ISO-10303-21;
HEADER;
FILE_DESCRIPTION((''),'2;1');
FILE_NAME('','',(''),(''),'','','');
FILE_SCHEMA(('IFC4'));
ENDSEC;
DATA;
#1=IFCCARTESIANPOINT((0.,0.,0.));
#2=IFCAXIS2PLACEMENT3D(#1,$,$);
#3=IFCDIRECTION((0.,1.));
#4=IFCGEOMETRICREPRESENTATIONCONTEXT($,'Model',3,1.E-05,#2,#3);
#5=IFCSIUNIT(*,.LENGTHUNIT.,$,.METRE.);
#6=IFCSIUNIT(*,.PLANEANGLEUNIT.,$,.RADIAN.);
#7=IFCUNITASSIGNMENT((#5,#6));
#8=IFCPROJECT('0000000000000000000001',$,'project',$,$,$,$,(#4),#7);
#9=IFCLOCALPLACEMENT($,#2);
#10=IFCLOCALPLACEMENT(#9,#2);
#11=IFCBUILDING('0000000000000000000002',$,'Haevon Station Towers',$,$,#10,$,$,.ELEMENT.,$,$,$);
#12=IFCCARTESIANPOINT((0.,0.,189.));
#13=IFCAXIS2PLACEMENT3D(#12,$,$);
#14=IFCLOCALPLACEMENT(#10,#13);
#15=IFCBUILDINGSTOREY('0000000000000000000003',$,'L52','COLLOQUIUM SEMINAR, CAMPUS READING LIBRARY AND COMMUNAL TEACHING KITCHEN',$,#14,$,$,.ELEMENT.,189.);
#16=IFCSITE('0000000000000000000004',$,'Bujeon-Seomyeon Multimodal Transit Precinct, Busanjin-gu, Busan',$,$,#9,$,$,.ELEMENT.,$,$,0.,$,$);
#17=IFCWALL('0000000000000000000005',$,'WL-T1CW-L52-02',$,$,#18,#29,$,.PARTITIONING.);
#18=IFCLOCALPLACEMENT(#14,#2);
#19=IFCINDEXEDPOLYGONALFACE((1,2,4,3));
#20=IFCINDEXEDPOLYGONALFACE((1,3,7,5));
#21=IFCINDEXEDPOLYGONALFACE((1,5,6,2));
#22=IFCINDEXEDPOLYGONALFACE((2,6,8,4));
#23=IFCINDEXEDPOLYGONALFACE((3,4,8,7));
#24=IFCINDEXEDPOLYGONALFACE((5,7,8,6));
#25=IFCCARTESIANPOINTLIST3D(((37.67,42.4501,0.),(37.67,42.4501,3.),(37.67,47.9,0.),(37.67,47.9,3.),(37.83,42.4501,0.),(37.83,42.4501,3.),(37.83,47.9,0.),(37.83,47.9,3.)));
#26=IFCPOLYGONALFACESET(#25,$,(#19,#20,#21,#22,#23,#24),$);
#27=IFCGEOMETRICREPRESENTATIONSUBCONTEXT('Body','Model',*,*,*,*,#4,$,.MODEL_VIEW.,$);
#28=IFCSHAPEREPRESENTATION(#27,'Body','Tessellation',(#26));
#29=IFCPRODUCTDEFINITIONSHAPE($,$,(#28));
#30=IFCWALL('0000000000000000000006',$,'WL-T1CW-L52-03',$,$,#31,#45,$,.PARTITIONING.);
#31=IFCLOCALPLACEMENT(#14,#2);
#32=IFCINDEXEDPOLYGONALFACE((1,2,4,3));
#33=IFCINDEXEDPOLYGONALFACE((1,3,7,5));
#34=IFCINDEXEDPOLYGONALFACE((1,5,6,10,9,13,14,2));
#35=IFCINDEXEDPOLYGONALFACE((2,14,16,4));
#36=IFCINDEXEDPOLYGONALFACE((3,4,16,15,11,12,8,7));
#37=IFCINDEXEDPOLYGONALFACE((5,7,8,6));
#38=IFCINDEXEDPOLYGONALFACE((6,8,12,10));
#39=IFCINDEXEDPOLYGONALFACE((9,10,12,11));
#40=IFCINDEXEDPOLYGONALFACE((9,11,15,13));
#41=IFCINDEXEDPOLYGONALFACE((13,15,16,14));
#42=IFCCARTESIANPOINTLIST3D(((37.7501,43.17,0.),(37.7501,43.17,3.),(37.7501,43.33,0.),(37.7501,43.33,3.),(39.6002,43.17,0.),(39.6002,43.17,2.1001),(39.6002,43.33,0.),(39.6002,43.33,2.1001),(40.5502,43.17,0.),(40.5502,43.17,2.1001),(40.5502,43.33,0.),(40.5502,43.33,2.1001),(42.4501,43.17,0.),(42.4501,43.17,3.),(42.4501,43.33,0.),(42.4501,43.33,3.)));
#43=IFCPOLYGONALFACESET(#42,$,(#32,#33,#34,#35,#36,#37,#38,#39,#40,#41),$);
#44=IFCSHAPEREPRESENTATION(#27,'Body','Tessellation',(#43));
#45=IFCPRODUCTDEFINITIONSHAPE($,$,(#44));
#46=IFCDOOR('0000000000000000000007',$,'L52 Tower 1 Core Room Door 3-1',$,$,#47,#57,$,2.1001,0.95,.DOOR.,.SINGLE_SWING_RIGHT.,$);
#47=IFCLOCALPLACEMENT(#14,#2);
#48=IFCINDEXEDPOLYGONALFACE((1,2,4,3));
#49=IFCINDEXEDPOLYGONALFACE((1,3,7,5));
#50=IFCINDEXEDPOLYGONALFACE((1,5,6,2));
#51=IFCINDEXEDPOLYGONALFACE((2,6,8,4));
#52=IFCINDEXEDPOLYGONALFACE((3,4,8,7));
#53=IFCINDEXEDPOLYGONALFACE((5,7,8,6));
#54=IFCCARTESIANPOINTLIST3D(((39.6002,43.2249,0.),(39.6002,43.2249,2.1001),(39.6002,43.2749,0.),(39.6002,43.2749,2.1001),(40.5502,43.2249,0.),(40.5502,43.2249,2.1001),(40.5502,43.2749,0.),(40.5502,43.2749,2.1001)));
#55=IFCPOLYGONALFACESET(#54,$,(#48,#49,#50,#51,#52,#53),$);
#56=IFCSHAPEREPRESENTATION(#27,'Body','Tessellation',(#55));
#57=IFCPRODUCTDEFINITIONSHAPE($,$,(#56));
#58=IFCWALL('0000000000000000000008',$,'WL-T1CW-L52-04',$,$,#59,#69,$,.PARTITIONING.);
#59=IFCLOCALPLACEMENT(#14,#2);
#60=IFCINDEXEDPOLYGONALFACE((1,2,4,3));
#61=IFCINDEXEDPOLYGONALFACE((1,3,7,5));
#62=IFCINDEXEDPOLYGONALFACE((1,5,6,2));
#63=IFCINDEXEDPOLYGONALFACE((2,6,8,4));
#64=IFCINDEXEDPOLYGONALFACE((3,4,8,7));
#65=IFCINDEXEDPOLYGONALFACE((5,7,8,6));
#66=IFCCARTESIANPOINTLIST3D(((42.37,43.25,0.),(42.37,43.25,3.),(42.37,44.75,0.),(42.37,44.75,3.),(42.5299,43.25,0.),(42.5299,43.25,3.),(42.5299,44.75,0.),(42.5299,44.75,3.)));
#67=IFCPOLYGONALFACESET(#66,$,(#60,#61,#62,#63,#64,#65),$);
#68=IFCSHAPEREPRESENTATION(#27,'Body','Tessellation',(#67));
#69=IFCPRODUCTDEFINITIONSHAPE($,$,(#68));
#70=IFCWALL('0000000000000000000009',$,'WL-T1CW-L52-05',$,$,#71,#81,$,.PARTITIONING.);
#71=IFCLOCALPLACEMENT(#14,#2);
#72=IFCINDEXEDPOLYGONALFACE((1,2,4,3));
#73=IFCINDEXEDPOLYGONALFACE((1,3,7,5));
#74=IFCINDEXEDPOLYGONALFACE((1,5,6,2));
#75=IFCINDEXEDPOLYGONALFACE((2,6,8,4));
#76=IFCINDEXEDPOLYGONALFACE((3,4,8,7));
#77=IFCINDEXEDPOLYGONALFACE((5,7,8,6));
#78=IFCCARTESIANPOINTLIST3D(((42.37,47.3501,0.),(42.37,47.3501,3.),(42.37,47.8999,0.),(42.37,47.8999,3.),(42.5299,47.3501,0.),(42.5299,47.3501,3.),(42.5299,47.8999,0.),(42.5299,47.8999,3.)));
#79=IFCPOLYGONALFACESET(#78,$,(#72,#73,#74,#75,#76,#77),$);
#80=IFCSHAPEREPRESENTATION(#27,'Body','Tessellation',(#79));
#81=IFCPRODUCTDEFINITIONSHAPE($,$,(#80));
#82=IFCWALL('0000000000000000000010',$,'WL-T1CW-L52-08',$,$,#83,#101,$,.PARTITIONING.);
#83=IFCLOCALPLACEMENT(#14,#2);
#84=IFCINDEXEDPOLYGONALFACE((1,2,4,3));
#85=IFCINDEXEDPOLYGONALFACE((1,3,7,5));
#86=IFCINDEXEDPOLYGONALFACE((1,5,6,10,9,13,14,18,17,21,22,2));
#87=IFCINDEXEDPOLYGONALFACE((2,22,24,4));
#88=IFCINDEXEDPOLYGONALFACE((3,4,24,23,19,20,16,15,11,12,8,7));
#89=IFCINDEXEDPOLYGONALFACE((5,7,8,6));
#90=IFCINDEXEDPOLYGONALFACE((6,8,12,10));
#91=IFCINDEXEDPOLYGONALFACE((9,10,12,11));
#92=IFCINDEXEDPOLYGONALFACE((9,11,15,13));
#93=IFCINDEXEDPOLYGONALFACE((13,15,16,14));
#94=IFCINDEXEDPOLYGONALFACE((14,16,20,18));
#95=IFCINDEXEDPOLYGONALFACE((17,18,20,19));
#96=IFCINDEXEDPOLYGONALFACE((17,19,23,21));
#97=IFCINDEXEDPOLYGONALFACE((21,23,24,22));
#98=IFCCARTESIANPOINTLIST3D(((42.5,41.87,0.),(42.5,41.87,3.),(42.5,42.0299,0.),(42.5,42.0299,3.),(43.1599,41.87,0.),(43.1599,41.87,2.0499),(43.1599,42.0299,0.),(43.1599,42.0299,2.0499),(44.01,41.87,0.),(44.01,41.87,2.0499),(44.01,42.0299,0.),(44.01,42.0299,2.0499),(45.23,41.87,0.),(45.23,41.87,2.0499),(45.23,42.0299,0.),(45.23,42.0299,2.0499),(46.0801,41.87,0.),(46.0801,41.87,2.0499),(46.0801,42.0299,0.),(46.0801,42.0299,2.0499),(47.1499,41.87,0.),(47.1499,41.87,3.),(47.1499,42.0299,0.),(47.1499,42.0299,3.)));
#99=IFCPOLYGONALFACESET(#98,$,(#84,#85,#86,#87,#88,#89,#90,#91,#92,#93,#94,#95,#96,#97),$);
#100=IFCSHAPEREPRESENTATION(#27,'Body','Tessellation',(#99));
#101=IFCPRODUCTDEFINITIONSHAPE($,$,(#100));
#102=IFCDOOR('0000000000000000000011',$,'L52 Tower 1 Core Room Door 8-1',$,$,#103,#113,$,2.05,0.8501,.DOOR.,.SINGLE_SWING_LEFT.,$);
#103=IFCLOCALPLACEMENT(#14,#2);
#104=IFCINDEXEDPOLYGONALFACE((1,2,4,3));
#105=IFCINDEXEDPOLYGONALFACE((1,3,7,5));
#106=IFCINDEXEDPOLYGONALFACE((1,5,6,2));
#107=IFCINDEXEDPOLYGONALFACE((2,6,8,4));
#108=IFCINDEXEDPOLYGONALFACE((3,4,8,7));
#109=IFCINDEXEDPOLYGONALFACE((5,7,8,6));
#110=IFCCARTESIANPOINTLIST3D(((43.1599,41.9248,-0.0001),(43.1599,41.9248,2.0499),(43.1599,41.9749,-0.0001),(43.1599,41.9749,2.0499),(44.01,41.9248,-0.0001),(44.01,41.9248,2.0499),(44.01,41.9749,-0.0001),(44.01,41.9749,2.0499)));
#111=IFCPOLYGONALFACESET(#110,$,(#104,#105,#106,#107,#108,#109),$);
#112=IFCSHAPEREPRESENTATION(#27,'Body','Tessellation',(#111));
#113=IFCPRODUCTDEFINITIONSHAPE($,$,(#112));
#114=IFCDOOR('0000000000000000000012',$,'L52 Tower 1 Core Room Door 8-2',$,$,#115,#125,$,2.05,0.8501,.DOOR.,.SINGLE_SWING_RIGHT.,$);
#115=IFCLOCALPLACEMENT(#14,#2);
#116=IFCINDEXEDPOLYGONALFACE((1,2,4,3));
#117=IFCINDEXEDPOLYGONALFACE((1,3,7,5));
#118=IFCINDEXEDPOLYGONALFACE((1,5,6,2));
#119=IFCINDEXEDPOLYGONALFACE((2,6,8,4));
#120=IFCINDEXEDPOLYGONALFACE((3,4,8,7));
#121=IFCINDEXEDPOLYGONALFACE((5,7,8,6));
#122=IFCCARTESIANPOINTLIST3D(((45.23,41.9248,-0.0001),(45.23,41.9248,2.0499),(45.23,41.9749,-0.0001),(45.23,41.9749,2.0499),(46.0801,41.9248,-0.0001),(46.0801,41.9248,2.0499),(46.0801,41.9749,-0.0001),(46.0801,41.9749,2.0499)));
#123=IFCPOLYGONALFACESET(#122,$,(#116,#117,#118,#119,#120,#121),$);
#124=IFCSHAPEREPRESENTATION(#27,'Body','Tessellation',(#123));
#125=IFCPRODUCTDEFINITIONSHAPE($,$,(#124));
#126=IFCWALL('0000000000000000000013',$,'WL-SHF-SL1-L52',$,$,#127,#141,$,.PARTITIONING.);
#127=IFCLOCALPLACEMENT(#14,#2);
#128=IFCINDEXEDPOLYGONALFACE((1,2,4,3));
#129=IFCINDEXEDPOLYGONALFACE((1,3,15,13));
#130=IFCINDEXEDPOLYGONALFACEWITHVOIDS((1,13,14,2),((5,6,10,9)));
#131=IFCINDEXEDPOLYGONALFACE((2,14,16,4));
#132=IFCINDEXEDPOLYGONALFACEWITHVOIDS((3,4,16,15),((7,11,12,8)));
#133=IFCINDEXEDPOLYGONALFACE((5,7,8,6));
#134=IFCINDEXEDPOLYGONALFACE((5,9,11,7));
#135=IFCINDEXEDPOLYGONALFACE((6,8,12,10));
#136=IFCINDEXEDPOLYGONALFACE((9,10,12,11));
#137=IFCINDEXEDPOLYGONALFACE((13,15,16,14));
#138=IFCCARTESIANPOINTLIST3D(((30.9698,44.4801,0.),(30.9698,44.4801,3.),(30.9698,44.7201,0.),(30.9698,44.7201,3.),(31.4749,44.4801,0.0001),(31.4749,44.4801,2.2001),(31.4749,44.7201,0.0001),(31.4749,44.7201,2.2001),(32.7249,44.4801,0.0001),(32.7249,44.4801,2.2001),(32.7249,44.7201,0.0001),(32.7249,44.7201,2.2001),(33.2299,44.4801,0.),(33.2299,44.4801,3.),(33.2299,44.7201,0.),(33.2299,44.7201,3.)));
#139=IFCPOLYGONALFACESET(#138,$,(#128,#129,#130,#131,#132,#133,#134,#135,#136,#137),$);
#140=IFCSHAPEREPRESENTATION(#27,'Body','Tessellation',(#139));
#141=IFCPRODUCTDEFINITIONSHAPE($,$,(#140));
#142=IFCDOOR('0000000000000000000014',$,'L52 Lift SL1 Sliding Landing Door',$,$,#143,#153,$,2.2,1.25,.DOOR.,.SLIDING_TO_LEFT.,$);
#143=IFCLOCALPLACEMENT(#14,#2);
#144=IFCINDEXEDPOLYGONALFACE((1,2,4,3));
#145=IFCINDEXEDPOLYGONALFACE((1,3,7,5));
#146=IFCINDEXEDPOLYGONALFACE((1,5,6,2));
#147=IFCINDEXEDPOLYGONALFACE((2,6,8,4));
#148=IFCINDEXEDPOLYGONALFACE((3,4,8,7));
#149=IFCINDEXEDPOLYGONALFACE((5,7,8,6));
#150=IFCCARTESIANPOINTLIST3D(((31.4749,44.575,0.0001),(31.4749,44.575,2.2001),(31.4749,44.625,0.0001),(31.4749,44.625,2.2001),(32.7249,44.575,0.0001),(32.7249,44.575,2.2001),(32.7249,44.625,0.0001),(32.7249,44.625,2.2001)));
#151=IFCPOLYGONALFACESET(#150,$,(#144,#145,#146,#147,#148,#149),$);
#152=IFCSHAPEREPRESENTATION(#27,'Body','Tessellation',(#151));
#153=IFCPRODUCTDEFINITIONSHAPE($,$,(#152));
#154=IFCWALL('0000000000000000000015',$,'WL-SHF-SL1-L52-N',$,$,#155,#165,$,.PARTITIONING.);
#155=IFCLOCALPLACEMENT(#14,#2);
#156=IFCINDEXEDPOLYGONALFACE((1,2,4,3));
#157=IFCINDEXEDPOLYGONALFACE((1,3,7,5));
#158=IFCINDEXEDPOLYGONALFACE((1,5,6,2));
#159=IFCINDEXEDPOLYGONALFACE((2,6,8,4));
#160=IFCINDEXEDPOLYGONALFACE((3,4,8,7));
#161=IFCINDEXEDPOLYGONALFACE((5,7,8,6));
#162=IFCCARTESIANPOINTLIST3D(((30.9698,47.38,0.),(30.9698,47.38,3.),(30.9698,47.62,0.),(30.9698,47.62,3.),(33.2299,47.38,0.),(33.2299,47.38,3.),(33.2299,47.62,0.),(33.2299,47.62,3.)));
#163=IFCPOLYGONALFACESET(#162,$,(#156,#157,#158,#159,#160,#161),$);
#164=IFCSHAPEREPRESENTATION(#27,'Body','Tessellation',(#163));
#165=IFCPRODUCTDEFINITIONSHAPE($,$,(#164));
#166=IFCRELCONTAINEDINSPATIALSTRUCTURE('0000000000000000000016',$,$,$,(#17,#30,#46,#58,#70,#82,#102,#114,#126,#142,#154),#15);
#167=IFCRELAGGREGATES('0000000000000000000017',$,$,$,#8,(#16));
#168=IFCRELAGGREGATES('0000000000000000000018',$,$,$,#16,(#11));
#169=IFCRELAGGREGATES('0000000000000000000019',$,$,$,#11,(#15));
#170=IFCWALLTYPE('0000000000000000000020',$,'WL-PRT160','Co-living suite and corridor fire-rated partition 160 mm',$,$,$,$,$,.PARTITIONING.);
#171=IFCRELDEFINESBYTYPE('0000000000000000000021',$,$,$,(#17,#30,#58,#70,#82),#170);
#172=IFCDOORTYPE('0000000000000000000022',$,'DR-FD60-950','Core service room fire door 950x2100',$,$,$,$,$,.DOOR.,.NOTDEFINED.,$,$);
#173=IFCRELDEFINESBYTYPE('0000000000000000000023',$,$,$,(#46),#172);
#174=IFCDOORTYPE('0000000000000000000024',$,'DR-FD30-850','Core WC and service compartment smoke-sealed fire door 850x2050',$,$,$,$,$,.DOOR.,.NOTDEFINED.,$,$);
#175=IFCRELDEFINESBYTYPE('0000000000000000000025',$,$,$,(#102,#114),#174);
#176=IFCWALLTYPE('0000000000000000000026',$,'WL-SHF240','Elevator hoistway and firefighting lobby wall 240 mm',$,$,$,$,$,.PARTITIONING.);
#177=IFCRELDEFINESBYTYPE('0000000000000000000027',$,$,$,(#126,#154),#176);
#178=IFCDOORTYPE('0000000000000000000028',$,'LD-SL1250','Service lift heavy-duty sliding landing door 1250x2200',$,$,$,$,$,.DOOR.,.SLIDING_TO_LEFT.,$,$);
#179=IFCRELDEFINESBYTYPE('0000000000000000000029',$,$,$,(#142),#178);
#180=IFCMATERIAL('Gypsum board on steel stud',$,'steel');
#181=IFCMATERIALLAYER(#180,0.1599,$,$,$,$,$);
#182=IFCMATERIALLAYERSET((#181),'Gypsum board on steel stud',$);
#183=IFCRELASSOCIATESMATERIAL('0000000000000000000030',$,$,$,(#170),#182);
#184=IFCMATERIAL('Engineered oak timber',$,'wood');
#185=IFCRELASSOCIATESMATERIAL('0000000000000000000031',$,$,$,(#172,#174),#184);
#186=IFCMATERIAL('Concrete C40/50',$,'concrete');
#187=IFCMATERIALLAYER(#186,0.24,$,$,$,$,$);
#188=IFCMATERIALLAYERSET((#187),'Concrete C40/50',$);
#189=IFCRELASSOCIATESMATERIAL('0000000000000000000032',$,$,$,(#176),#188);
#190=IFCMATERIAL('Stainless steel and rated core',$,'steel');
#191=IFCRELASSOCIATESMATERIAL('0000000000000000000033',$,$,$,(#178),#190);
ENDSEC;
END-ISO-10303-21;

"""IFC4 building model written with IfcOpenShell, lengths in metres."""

from ifc_helpers import new_model, si_unit, direction, frame, frame_2d, origin, place, context, subcontext, project, spatial, rectangle, extrude, material, layer, layer_set, type_object, element, fill, save


model = new_model("IFC4")

# Units and contexts
model_context = context("Model", 3, precision=1e-05, world=origin(), true_north=direction((0.0, 1.0)))
body_context = subcontext(model_context, "Body", "Model", "MODEL_VIEW")
ifc_project = project(units=[si_unit("LENGTHUNIT", "METRE"), si_unit("PLANEANGLEUNIT", "RADIAN")], contexts=[model_context])

# Site, building, storey
site_placement = place(None, origin())
site = spatial("IfcSite", under=ifc_project, at=site_placement, Name="Bujeon-Seomyeon Multimodal Transit Precinct, Busanjin-gu, Busan", CompositionType="ELEMENT", RefElevation=0.0)
building_placement = place(site_placement, origin())
building = spatial("IfcBuilding", under=site, at=building_placement, Name="Haevon Station Towers", CompositionType="ELEMENT")
storey_placement = place(building_placement, frame((0.0, 0.0, 189.0)))
storey = spatial("IfcBuildingStorey", under=building, at=storey_placement, Name="L52", Description="COLLOQUIUM SEMINAR, CAMPUS READING LIBRARY AND COMMUNAL TEACHING KITCHEN", CompositionType="ELEMENT", Elevation=189.0)

# Shared definitions
ifc_material_1 = material(Name="Gypsum board on steel stud", Category="steel")
ifc_layer_1 = layer(ifc_material_1, 0.1599)
ifc_layer_set_1 = layer_set([ifc_layer_1], Name="Gypsum board on steel stud")
wall_type_1 = type_object("IfcWallType", Name="WL-PRT160", Description="Co-living suite and corridor fire-rated partition 160 mm", PredefinedType="PARTITIONING", material=ifc_layer_set_1)
ifc_material_2 = material(Name="Engineered oak timber", Category="wood")
door_type_1 = type_object("IfcDoorType", Name="DR-FD60-950", Description="Core service room fire door 950x2100", OperationType="NOTDEFINED", PredefinedType="DOOR", material=ifc_material_2)

# Wall
wall_1_placement = place(storey_placement, frame((37.75, 42.45, 0.0), z_axis=(0.0, 0.0, 1.0), x_axis=(0.0, 1.0, 0.0)))
element("IfcWall", 1, at=wall_1_placement, inside=storey, type_object=wall_type_1, Name="WL-T1CW-L52-02", PredefinedType="PARTITIONING", context=body_context, shape_type="SweptSolid", body=[
    extrude(rectangle(XDim=5.45, YDim=0.1599, at=frame_2d((2.7251, 0.0))), origin(), (0.0, 0.0, 1.0), 3.0),
])

# Wall, opening, door
wall_2_placement = place(storey_placement, frame((37.75, 43.25, 0.0), z_axis=(0.0, 0.0, 1.0), x_axis=(1.0, 0.0, 0.0)))
wall_2 = element("IfcWall", 2, at=wall_2_placement, inside=storey, type_object=wall_type_1, Name="WL-T1CW-L52-03", PredefinedType="PARTITIONING", context=body_context, shape_type="SweptSolid", body=[
    extrude(rectangle(XDim=4.7, YDim=0.1599, at=frame_2d((2.3501, 0.0))), origin(), (0.0, 0.0, 1.0), 3.0),
])
opening_1_placement = place(wall_2_placement, frame((1.8501, 0.0, 0.0)))
opening_1 = element("IfcOpeningElement", 3, at=opening_1_placement, cuts=wall_2, PredefinedType="OPENING", context=body_context, shape_type="SweptSolid", body=[
    extrude(rectangle(XDim=0.95, YDim=2.1001, at=frame_2d((0.4751, 1.05))), frame((0.0, 0.0898, 0.0), z_axis=(0.0, -1.0, 0.0), x_axis=(1.0, 0.0, 0.0)), (0.0, 0.0, 1.0), 0.1799),
])
door_1_placement = place(opening_1_placement, origin())
door_1 = element("IfcDoor", 4, at=door_1_placement, inside=storey, type_object=door_type_1, Name="L52 Tower 1 Core Room Door 3-1", OperationType="SINGLE_SWING_RIGHT", OverallHeight=2.1001, OverallWidth=0.95, PredefinedType="DOOR", context=body_context, shape_type="SweptSolid", body=[
    extrude(rectangle(XDim=0.95, YDim=2.1001, at=frame_2d((0.4751, 1.05))), frame((0.0, 0.0249, 0.0), z_axis=(0.0, -1.0, 0.0), x_axis=(1.0, 0.0, 0.0)), (0.0, 0.0, 1.0), 0.05),
])
fill(opening_1, door_1)

# Walls
wall_3_placement = place(storey_placement, frame((42.45, 43.25, 0.0), z_axis=(0.0, 0.0, 1.0), x_axis=(0.0, 1.0, 0.0)))
element("IfcWall", 5, at=wall_3_placement, inside=storey, type_object=wall_type_1, Name="WL-T1CW-L52-04", PredefinedType="PARTITIONING", context=body_context, shape_type="SweptSolid", body=[
    extrude(rectangle(XDim=1.5, YDim=0.1599, at=frame_2d((0.75, 0.0))), origin(), (0.0, 0.0, 1.0), 3.0),
])
wall_4_placement = place(storey_placement, frame((42.45, 47.3501, 0.0), z_axis=(0.0, 0.0, 1.0), x_axis=(0.0, 1.0, 0.0)))
element("IfcWall", 6, at=wall_4_placement, inside=storey, type_object=wall_type_1, Name="WL-T1CW-L52-05", PredefinedType="PARTITIONING", context=body_context, shape_type="SweptSolid", body=[
    extrude(rectangle(XDim=0.5498, YDim=0.1599, at=frame_2d((0.2749, 0.0))), origin(), (0.0, 0.0, 1.0), 3.0),
])

# Wall, openings, doors
wall_5_placement = place(storey_placement, frame((42.5, 41.95, 0.0), z_axis=(0.0, 0.0, 1.0), x_axis=(1.0, 0.0, 0.0)))
wall_5 = element("IfcWall", 7, at=wall_5_placement, inside=storey, type_object=wall_type_1, Name="WL-T1CW-L52-08", PredefinedType="PARTITIONING", context=body_context, shape_type="SweptSolid", body=[
    extrude(rectangle(XDim=4.6499, YDim=0.1599, at=frame_2d((2.325, 0.0))), origin(), (0.0, 0.0, 1.0), 3.0),
])
opening_2_placement = place(wall_5_placement, frame((0.6599, 0.0, 0.0)))
opening_2 = element("IfcOpeningElement", 8, at=opening_2_placement, cuts=wall_5, PredefinedType="OPENING", context=body_context, shape_type="SweptSolid", body=[
    extrude(rectangle(XDim=0.8501, YDim=2.05, at=frame_2d((0.425, 1.0249))), frame((0.0, 0.0898, 0.0), z_axis=(0.0, -1.0, 0.0), x_axis=(1.0, 0.0, 0.0)), (0.0, 0.0, 1.0), 0.1799),
])
opening_3_placement = place(wall_5_placement, frame((2.73, 0.0, 0.0)))
opening_3 = element("IfcOpeningElement", 9, at=opening_3_placement, cuts=wall_5, PredefinedType="OPENING", context=body_context, shape_type="SweptSolid", body=[
    extrude(rectangle(XDim=0.8501, YDim=2.05, at=frame_2d((0.425, 1.0249))), frame((0.0, 0.0898, 0.0), z_axis=(0.0, -1.0, 0.0), x_axis=(1.0, 0.0, 0.0)), (0.0, 0.0, 1.0), 0.1799),
])
door_type_2 = type_object("IfcDoorType", Name="DR-FD30-850", Description="Core WC and service compartment smoke-sealed fire door 850x2050", OperationType="NOTDEFINED", PredefinedType="DOOR", material=ifc_material_2)
door_2_placement = place(opening_2_placement, origin())
door_2 = element("IfcDoor", 10, at=door_2_placement, inside=storey, type_object=door_type_2, Name="L52 Tower 1 Core Room Door 8-1", OperationType="SINGLE_SWING_LEFT", OverallHeight=2.05, OverallWidth=0.8501, PredefinedType="DOOR", context=body_context, shape_type="SweptSolid", body=[
    extrude(rectangle(XDim=0.8501, YDim=2.05, at=frame_2d((0.425, 1.0249))), frame((0.0, 0.0249, 0.0), z_axis=(0.0, -1.0, 0.0), x_axis=(1.0, 0.0, 0.0)), (0.0, 0.0, 1.0), 0.05),
])
fill(opening_2, door_2)
door_3_placement = place(opening_3_placement, origin())
door_3 = element("IfcDoor", 11, at=door_3_placement, inside=storey, type_object=door_type_2, Name="L52 Tower 1 Core Room Door 8-2", OperationType="SINGLE_SWING_RIGHT", OverallHeight=2.05, OverallWidth=0.8501, PredefinedType="DOOR", context=body_context, shape_type="SweptSolid", body=[
    extrude(rectangle(XDim=0.8501, YDim=2.05, at=frame_2d((0.425, 1.0249))), frame((0.0, 0.0249, 0.0), z_axis=(0.0, -1.0, 0.0), x_axis=(1.0, 0.0, 0.0)), (0.0, 0.0, 1.0), 0.05),
])
fill(opening_3, door_3)

# Wall, opening, door
ifc_material_3 = material(Name="Concrete C40/50", Category="concrete")
ifc_layer_2 = layer(ifc_material_3, 0.24)
ifc_layer_set_2 = layer_set([ifc_layer_2], Name="Concrete C40/50")
wall_type_2 = type_object("IfcWallType", Name="WL-SHF240", Description="Elevator hoistway and firefighting lobby wall 240 mm", PredefinedType="PARTITIONING", material=ifc_layer_set_2)
wall_6_placement = place(storey_placement, frame((30.97, 44.6001, 0.0), z_axis=(0.0, 0.0, 1.0), x_axis=(1.0, 0.0, 0.0)))
wall_6 = element("IfcWall", 12, at=wall_6_placement, inside=storey, type_object=wall_type_2, Name="WL-SHF-SL1-L52", PredefinedType="PARTITIONING", context=body_context, shape_type="SweptSolid", body=[
    extrude(rectangle(XDim=2.26, YDim=0.24, at=frame_2d((1.1299, 0.0))), origin(), (0.0, 0.0, 1.0), 3.0),
])
opening_4_placement = place(wall_6_placement, frame((0.5049, 0.0, 0.0)))
opening_4 = element("IfcOpeningElement", 13, at=opening_4_placement, cuts=wall_6, PredefinedType="OPENING", context=body_context, shape_type="SweptSolid", body=[
    extrude(rectangle(XDim=1.25, YDim=2.2, at=frame_2d((0.625, 1.1001))), frame((0.0, 0.1299, 0.0), z_axis=(0.0, -1.0, 0.0), x_axis=(1.0, 0.0, 0.0)), (0.0, 0.0, 1.0), 0.26),
])
ifc_material_4 = material(Name="Stainless steel and rated core", Category="steel")
door_type_3 = type_object("IfcDoorType", Name="LD-SL1250", Description="Service lift heavy-duty sliding landing door 1250x2200", OperationType="SLIDING_TO_LEFT", PredefinedType="DOOR", material=ifc_material_4)
door_4_placement = place(opening_4_placement, origin())
door_4 = element("IfcDoor", 14, at=door_4_placement, inside=storey, type_object=door_type_3, Name="L52 Lift SL1 Sliding Landing Door", OperationType="SLIDING_TO_LEFT", OverallHeight=2.2, OverallWidth=1.25, PredefinedType="DOOR", context=body_context, shape_type="SweptSolid", body=[
    extrude(rectangle(XDim=1.25, YDim=2.2, at=frame_2d((0.625, 1.1001))), frame((0.0, 0.0249, 0.0), z_axis=(0.0, -1.0, 0.0), x_axis=(1.0, 0.0, 0.0)), (0.0, 0.0, 1.0), 0.05),
])
fill(opening_4, door_4)

# Wall
wall_7_placement = place(storey_placement, frame((30.97, 47.5, 0.0), z_axis=(0.0, 0.0, 1.0), x_axis=(1.0, 0.0, 0.0)))
element("IfcWall", 15, at=wall_7_placement, inside=storey, type_object=wall_type_2, Name="WL-SHF-SL1-L52-N", PredefinedType="PARTITIONING", context=body_context, shape_type="SweptSolid", body=[
    extrude(rectangle(XDim=2.26, YDim=0.24, at=frame_2d((1.1299, 0.0))), origin(), (0.0, 0.0, 1.0), 3.0),
])

save(model, "model.ifc")
